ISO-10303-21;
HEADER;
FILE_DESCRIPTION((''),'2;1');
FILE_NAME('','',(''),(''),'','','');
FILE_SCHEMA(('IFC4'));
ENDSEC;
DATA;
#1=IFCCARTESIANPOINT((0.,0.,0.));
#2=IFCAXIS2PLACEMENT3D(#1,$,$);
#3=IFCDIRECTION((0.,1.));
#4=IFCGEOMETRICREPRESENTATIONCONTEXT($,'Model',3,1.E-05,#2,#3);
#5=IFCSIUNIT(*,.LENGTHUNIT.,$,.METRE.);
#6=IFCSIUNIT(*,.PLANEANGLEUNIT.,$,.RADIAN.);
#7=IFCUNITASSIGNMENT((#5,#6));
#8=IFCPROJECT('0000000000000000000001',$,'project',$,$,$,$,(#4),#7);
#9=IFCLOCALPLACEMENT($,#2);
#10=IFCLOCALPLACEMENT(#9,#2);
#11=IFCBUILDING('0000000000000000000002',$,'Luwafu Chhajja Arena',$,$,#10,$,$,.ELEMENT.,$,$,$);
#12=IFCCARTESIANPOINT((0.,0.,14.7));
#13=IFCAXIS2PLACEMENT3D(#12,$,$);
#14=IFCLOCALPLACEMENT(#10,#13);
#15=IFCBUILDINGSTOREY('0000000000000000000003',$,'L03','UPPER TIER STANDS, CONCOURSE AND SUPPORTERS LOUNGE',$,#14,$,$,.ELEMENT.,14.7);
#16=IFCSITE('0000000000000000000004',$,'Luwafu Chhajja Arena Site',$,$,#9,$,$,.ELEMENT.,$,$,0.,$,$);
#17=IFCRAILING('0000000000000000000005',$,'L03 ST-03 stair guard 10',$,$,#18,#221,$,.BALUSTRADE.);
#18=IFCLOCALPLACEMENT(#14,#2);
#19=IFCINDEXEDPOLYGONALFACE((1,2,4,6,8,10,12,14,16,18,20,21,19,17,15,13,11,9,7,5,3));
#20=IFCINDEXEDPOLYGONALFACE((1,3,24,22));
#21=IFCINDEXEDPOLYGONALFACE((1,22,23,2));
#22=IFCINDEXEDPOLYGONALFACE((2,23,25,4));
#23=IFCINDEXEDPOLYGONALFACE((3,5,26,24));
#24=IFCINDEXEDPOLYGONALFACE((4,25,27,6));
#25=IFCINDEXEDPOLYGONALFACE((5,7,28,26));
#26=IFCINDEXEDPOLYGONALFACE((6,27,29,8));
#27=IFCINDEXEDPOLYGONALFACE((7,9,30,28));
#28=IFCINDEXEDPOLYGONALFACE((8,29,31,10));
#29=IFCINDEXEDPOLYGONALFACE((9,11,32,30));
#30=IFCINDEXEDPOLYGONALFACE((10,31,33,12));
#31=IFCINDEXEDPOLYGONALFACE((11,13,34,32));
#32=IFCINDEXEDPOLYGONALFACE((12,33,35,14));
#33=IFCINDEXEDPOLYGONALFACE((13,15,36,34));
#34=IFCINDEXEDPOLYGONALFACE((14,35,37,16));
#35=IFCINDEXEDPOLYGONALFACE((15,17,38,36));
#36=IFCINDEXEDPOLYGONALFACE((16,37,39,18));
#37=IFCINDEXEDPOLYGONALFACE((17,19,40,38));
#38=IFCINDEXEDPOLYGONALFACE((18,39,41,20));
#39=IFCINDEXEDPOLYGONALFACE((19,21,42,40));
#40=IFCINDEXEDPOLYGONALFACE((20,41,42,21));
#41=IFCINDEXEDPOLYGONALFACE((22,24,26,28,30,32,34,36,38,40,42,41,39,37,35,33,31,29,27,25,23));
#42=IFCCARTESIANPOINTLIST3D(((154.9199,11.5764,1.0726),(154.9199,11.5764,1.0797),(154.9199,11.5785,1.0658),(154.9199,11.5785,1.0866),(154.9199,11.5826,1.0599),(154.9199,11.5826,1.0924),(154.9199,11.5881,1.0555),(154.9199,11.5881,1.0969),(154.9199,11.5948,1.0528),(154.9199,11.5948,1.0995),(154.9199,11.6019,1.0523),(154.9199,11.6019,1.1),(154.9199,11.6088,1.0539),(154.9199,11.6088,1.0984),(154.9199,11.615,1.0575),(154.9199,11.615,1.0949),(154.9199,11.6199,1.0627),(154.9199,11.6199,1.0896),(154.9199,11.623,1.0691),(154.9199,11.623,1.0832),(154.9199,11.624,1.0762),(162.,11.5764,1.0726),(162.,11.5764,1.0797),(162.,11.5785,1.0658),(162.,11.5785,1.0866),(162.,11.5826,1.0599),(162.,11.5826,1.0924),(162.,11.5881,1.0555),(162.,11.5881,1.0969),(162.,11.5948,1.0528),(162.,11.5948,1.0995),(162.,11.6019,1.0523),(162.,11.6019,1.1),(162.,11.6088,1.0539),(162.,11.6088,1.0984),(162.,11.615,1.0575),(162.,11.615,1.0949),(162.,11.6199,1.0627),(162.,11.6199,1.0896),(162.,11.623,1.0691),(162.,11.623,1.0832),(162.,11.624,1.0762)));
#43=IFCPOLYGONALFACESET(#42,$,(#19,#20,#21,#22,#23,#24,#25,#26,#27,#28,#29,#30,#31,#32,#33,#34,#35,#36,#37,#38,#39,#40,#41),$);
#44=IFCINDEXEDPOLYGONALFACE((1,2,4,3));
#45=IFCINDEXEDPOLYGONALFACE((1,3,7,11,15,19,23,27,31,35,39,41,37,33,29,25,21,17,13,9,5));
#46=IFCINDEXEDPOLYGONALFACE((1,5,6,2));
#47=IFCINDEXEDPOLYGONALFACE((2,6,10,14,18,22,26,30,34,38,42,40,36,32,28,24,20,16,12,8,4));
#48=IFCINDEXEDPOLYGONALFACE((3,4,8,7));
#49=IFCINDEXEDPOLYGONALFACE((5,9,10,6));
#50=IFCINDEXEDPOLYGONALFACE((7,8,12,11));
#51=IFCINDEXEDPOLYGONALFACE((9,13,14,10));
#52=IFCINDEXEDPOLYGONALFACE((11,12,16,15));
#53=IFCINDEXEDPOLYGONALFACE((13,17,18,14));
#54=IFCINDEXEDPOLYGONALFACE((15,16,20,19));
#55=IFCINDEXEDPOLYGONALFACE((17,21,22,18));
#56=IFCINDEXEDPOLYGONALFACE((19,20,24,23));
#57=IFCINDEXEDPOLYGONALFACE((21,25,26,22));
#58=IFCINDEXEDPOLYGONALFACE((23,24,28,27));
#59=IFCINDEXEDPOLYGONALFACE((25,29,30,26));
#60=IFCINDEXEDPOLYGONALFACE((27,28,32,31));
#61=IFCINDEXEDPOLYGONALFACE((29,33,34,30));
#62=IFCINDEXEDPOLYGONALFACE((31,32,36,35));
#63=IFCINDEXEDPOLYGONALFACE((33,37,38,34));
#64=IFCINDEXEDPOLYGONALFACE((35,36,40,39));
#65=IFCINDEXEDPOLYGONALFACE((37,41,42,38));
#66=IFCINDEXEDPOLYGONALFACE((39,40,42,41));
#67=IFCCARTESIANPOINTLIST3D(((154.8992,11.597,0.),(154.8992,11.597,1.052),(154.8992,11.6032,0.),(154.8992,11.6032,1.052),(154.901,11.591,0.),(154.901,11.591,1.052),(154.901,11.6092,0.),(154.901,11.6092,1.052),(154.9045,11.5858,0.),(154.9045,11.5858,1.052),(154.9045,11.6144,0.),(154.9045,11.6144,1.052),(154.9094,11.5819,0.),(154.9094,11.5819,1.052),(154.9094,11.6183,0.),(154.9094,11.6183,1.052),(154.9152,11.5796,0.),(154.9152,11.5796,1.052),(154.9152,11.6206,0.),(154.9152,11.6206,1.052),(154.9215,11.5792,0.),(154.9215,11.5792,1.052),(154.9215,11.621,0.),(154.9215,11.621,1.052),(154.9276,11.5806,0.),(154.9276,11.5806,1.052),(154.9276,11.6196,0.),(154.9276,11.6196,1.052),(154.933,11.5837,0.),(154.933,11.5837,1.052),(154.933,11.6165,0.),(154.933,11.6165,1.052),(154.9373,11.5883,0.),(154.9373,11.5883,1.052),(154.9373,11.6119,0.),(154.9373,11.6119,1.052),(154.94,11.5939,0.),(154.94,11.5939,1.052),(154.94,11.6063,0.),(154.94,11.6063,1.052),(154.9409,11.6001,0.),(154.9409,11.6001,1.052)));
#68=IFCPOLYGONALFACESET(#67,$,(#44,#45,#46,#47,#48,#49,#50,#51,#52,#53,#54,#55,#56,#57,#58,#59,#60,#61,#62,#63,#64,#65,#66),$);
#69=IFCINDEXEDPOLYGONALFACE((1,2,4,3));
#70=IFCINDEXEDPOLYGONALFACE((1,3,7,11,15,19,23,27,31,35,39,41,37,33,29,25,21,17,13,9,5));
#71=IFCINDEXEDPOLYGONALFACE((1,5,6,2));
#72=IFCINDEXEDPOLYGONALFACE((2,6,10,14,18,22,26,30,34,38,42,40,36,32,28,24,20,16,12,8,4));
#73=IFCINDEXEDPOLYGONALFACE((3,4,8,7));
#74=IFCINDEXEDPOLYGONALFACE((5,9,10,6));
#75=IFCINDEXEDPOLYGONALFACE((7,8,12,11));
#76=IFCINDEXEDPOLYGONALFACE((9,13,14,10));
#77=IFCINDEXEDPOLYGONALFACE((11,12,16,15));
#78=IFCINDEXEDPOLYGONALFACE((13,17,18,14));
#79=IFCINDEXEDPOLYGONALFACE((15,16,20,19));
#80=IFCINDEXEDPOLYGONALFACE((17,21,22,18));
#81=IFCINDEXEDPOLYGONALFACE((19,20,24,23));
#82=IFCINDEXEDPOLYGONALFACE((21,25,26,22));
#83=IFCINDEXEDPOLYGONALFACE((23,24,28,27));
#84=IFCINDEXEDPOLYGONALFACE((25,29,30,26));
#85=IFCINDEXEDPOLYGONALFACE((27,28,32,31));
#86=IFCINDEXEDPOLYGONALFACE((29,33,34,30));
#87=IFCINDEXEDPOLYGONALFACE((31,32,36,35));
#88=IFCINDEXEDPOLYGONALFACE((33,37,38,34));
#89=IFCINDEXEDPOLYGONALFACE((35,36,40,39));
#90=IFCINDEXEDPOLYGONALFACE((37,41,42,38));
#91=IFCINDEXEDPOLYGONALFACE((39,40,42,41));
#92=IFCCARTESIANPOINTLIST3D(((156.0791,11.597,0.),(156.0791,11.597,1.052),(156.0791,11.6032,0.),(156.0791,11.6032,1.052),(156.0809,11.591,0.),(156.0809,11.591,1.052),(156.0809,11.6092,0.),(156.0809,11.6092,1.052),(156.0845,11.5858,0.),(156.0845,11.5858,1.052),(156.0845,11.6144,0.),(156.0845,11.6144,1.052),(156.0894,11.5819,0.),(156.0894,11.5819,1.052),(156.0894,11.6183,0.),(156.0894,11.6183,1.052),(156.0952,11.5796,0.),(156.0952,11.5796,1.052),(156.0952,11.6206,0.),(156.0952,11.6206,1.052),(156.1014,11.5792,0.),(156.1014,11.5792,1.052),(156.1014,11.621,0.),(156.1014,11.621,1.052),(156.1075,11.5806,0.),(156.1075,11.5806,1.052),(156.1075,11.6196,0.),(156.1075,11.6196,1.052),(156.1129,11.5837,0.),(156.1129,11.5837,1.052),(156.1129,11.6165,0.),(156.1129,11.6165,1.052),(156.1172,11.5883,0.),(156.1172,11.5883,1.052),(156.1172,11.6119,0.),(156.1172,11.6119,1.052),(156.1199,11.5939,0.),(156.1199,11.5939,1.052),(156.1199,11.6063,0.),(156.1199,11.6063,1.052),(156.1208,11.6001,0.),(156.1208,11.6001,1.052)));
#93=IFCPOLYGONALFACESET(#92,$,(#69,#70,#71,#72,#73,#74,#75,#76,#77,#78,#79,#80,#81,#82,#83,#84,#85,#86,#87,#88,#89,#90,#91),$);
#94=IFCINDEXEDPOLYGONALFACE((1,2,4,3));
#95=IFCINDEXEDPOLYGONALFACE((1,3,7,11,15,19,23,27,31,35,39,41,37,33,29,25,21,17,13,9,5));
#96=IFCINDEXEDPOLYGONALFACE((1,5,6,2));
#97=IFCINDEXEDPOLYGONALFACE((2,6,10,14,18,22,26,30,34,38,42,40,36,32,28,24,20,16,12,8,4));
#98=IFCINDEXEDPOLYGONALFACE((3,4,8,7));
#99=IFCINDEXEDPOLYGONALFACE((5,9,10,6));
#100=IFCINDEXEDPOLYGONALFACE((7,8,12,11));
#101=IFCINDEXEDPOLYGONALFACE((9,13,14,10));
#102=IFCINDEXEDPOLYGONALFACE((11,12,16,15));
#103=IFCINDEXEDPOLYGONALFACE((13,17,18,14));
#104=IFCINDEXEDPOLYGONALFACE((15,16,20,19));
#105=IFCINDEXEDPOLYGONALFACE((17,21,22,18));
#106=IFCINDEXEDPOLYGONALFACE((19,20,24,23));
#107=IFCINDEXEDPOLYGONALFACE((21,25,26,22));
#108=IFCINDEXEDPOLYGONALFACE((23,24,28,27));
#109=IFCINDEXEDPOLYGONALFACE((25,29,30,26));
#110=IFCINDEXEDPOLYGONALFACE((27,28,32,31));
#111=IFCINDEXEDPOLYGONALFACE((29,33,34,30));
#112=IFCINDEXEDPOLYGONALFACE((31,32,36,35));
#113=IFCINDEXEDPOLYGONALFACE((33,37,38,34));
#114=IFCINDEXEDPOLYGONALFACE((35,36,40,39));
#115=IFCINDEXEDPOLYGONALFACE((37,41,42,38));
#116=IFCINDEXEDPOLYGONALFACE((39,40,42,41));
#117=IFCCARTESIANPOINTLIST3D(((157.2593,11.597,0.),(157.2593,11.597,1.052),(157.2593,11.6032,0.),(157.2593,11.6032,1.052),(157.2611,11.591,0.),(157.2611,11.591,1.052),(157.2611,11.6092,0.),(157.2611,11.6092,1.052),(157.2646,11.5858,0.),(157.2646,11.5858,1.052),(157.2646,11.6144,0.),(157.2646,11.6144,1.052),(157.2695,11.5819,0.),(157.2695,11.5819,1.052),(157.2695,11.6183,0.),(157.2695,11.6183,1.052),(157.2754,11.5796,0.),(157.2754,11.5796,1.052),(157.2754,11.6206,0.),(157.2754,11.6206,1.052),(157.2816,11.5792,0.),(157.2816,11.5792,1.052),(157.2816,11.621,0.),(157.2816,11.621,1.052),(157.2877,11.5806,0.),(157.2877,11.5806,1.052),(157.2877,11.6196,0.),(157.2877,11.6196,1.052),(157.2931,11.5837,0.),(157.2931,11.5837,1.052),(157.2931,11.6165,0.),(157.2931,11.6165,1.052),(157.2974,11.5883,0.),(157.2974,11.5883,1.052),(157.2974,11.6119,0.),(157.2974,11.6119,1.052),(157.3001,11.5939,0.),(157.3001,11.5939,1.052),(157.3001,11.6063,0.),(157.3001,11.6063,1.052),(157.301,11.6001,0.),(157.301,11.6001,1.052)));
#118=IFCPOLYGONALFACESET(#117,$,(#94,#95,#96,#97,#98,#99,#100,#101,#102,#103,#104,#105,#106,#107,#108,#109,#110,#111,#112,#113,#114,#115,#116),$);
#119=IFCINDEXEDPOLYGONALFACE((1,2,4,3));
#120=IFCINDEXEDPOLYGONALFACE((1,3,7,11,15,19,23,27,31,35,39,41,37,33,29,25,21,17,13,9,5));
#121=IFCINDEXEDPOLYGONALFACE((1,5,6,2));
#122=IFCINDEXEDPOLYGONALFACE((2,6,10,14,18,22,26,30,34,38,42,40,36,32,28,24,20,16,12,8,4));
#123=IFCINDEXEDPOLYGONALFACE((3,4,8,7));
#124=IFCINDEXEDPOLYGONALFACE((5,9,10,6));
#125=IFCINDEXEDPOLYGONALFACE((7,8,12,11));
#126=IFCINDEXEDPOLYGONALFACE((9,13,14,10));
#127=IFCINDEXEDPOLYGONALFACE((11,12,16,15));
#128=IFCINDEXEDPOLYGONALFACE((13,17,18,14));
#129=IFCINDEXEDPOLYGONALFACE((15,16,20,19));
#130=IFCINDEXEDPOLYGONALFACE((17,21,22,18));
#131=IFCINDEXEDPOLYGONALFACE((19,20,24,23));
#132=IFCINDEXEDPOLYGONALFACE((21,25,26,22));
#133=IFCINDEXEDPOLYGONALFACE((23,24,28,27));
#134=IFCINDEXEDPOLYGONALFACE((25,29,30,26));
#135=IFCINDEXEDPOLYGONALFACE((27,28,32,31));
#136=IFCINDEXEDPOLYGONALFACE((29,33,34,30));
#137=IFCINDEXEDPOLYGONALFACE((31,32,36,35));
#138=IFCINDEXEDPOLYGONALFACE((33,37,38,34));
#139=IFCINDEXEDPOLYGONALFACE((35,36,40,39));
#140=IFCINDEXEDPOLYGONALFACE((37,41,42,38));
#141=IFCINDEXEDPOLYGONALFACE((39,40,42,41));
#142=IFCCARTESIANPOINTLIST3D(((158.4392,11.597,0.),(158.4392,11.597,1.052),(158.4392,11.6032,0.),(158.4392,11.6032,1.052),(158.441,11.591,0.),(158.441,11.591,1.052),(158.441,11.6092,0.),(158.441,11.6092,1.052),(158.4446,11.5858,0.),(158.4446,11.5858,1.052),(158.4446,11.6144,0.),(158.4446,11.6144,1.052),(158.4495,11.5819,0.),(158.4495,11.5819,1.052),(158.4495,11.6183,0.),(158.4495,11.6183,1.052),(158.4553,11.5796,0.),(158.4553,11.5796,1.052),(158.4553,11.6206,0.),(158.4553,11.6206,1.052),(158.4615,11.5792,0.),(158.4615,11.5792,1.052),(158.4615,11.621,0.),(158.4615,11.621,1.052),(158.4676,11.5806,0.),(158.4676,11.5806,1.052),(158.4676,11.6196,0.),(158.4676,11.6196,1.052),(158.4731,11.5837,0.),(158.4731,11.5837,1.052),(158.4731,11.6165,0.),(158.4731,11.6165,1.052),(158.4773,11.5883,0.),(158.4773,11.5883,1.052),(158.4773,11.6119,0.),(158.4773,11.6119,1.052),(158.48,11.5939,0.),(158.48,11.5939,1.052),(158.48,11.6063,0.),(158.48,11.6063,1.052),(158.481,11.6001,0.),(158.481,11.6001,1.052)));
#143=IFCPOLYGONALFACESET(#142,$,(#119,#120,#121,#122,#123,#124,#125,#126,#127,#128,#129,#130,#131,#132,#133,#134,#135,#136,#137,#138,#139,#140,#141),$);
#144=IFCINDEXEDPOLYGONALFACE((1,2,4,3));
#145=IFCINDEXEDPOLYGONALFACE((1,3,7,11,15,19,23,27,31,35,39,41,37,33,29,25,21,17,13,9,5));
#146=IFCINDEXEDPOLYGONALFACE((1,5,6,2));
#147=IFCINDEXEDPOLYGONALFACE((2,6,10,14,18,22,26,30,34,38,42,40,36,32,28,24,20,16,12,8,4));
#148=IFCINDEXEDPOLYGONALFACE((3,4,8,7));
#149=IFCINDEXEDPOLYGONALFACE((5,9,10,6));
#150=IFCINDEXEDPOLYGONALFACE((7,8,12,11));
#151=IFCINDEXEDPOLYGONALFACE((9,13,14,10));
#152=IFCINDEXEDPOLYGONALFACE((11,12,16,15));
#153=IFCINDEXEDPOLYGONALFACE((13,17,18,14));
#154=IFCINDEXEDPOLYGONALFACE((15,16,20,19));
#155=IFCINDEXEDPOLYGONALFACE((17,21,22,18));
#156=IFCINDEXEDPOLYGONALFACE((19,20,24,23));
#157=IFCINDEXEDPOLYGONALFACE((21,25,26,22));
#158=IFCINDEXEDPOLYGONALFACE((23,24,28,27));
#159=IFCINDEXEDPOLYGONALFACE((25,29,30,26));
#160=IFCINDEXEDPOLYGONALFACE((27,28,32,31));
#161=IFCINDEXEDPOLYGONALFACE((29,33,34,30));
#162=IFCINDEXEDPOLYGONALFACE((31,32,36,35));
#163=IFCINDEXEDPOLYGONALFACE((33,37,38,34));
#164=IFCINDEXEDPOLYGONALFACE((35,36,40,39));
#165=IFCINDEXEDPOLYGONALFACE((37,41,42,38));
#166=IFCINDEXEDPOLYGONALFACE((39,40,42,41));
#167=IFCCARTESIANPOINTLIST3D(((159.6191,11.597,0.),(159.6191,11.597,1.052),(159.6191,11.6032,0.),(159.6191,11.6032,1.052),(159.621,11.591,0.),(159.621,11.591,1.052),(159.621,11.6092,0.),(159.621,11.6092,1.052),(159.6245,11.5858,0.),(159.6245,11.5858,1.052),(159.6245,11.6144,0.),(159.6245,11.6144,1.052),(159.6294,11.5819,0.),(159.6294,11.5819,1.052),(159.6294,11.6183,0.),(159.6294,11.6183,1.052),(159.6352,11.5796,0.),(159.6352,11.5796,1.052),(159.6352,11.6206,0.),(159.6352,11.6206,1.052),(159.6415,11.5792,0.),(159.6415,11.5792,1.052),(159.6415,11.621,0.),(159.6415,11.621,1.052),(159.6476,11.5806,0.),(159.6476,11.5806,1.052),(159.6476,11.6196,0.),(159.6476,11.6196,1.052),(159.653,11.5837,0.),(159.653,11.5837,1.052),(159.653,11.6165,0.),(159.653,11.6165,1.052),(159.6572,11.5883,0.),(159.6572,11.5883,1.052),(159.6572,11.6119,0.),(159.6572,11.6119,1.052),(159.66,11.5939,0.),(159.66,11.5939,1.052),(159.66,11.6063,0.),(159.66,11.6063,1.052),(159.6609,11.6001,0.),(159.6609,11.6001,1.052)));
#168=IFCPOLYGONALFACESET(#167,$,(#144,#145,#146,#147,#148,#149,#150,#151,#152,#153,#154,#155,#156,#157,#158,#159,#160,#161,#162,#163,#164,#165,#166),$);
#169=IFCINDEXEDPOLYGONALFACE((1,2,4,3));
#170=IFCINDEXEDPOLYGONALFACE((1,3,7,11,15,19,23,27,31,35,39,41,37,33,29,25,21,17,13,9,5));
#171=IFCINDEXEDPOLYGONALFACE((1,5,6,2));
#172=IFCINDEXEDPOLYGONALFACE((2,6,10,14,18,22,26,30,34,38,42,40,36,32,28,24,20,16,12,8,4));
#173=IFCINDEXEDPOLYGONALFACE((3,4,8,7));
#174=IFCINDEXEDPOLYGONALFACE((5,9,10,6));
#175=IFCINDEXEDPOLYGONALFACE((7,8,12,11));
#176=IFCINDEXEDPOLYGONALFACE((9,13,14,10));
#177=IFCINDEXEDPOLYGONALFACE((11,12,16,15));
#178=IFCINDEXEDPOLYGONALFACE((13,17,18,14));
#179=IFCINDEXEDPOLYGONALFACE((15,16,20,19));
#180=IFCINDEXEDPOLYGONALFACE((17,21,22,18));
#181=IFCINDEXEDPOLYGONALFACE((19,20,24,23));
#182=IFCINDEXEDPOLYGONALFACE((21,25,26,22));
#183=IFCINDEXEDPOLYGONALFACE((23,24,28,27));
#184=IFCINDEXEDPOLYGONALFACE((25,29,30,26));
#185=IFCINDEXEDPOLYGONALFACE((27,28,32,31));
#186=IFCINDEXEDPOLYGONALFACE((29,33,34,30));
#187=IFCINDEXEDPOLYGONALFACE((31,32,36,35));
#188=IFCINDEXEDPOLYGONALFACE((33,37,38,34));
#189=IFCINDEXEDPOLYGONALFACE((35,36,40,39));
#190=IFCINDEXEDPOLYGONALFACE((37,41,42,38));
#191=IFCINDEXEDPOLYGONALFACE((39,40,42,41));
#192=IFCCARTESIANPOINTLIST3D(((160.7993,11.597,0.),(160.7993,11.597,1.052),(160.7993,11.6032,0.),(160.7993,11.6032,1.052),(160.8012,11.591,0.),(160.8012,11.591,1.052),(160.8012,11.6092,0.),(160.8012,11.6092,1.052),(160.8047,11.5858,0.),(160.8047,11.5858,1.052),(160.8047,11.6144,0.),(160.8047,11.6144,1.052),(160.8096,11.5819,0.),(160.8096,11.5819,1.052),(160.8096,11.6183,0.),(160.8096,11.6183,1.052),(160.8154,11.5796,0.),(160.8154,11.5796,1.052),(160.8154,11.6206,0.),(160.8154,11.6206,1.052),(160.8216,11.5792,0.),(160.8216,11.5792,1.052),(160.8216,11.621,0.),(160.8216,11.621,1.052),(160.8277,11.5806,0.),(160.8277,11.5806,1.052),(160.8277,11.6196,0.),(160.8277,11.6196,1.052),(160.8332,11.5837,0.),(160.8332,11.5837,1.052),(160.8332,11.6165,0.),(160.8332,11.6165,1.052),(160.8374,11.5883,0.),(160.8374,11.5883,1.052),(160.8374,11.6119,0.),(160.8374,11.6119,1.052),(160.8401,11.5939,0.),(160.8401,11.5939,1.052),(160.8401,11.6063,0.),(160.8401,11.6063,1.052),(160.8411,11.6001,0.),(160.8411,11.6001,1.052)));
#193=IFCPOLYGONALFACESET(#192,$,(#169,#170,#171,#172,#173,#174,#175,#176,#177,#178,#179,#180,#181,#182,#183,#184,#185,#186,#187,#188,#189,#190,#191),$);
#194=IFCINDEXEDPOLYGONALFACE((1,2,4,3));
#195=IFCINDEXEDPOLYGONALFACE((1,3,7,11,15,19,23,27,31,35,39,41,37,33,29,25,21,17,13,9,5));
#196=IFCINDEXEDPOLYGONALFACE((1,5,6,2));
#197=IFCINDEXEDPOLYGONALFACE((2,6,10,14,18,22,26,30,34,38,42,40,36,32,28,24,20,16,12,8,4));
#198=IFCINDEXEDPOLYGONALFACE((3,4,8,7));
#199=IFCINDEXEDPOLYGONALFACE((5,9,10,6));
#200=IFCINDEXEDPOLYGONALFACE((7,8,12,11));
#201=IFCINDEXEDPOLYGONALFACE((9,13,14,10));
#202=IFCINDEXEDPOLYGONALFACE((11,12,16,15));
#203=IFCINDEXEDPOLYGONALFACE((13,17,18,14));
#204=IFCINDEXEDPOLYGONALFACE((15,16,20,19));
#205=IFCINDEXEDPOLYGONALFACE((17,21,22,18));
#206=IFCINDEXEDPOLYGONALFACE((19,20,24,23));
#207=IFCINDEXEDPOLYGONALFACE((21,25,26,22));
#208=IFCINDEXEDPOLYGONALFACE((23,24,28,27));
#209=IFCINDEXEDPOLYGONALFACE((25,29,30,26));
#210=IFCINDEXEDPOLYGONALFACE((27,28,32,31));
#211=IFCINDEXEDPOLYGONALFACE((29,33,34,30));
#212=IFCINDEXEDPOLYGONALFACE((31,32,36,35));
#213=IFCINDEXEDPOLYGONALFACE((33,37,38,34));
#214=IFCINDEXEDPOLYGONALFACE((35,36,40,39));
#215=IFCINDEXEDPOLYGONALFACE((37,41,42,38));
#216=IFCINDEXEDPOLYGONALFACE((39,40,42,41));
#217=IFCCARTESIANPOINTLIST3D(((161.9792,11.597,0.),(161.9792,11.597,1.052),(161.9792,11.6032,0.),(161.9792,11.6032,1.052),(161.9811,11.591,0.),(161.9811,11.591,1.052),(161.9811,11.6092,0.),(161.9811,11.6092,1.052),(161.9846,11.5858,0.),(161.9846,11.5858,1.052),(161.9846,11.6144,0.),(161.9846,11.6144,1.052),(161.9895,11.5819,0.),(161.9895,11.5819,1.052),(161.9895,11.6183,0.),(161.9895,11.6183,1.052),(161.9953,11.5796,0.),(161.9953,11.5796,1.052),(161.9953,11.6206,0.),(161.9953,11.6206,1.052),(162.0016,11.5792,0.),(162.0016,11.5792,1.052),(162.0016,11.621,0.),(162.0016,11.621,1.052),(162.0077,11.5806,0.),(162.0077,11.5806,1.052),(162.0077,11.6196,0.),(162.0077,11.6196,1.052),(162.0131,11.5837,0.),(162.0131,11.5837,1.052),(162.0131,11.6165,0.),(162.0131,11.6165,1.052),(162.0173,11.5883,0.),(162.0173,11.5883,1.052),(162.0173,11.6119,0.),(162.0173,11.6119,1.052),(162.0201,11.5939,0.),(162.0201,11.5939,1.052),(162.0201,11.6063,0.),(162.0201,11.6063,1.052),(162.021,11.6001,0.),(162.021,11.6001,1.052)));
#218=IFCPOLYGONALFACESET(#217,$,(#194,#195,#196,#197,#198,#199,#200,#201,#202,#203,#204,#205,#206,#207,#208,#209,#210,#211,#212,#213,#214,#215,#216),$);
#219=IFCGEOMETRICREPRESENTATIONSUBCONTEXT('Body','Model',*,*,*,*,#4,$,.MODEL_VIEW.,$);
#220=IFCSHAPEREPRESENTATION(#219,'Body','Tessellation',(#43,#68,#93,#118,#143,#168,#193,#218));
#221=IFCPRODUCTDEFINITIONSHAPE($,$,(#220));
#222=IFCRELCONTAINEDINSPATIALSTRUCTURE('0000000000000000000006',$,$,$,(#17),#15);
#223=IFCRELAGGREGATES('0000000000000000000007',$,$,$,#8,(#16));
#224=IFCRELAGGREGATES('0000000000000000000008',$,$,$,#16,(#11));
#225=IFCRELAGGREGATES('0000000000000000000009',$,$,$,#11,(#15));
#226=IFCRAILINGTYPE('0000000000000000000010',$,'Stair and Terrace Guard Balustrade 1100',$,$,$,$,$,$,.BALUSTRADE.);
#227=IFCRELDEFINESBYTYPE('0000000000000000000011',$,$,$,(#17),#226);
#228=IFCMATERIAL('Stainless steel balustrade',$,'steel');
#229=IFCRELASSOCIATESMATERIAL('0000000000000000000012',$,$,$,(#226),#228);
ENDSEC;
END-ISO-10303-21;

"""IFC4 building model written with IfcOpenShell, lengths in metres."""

from ifc_helpers import new_model, si_unit, direction, frame, origin, origin_2d, place, context, subcontext, project, spatial, circle, extrude, material, type_object, element, save


model = new_model("IFC4")

# Units and contexts
model_context = context("Model", 3, precision=1e-05, world=origin(), true_north=direction((0.0, 1.0)))
body_context = subcontext(model_context, "Body", "Model", "MODEL_VIEW")
ifc_project = project(units=[si_unit("LENGTHUNIT", "METRE"), si_unit("PLANEANGLEUNIT", "RADIAN")], contexts=[model_context])

# Site, building, storey
site_placement = place(None, origin())
site = spatial("IfcSite", under=ifc_project, at=site_placement, Name="Luwafu Chhajja Arena Site", CompositionType="ELEMENT", RefElevation=0.0)
building_placement = place(site_placement, origin())
building = spatial("IfcBuilding", under=site, at=building_placement, Name="Luwafu Chhajja Arena", CompositionType="ELEMENT")
storey_placement = place(building_placement, frame((0.0, 0.0, 14.7)))
storey = spatial("IfcBuildingStorey", under=building, at=storey_placement, Name="L03", Description="UPPER TIER STANDS, CONCOURSE AND SUPPORTERS LOUNGE", CompositionType="ELEMENT", Elevation=14.7)

# Railing
ifc_material_1 = material(Name="Stainless steel balustrade", Category="steel")
railing_type_1 = type_object("IfcRailingType", Name="Stair and Terrace Guard Balustrade 1100", PredefinedType="BALUSTRADE", material=ifc_material_1)
railing_1_placement = place(storey_placement, frame((154.9199, 11.6001, 0.0)))
element("IfcRailing", 1, at=railing_1_placement, inside=storey, type_object=railing_type_1, Name="L03 ST-03 stair guard 10", PredefinedType="BALUSTRADE", context=body_context, shape_type="SweptSolid", body=[
    extrude(circle(Radius=0.0239, at=origin_2d()), frame((0.0, 0.0, 1.0762), z_axis=(1.0, 0.0, 0.0), x_axis=(0.0, 1.0, 0.0)), (0.0, 0.0, 1.0), 7.0801),
    extrude(circle(Radius=0.021, at=origin_2d()), origin(), (0.0, 0.0, 1.0), 1.052),
    extrude(circle(Radius=0.021, at=origin_2d()), frame((1.1799, 0.0, 0.0)), (0.0, 0.0, 1.0), 1.052),
    extrude(circle(Radius=0.021, at=origin_2d()), frame((2.3601, 0.0, 0.0)), (0.0, 0.0, 1.0), 1.052),
    extrude(circle(Radius=0.021, at=origin_2d()), frame((3.54, 0.0, 0.0)), (0.0, 0.0, 1.0), 1.052),
    extrude(circle(Radius=0.021, at=origin_2d()), frame((4.72, 0.0, 0.0)), (0.0, 0.0, 1.0), 1.052),
    extrude(circle(Radius=0.021, at=origin_2d()), frame((5.9001, 0.0, 0.0)), (0.0, 0.0, 1.0), 1.052),
    extrude(circle(Radius=0.021, at=origin_2d()), frame((7.0801, 0.0, 0.0)), (0.0, 0.0, 1.0), 1.052),
])

save(model, "model.ifc")
